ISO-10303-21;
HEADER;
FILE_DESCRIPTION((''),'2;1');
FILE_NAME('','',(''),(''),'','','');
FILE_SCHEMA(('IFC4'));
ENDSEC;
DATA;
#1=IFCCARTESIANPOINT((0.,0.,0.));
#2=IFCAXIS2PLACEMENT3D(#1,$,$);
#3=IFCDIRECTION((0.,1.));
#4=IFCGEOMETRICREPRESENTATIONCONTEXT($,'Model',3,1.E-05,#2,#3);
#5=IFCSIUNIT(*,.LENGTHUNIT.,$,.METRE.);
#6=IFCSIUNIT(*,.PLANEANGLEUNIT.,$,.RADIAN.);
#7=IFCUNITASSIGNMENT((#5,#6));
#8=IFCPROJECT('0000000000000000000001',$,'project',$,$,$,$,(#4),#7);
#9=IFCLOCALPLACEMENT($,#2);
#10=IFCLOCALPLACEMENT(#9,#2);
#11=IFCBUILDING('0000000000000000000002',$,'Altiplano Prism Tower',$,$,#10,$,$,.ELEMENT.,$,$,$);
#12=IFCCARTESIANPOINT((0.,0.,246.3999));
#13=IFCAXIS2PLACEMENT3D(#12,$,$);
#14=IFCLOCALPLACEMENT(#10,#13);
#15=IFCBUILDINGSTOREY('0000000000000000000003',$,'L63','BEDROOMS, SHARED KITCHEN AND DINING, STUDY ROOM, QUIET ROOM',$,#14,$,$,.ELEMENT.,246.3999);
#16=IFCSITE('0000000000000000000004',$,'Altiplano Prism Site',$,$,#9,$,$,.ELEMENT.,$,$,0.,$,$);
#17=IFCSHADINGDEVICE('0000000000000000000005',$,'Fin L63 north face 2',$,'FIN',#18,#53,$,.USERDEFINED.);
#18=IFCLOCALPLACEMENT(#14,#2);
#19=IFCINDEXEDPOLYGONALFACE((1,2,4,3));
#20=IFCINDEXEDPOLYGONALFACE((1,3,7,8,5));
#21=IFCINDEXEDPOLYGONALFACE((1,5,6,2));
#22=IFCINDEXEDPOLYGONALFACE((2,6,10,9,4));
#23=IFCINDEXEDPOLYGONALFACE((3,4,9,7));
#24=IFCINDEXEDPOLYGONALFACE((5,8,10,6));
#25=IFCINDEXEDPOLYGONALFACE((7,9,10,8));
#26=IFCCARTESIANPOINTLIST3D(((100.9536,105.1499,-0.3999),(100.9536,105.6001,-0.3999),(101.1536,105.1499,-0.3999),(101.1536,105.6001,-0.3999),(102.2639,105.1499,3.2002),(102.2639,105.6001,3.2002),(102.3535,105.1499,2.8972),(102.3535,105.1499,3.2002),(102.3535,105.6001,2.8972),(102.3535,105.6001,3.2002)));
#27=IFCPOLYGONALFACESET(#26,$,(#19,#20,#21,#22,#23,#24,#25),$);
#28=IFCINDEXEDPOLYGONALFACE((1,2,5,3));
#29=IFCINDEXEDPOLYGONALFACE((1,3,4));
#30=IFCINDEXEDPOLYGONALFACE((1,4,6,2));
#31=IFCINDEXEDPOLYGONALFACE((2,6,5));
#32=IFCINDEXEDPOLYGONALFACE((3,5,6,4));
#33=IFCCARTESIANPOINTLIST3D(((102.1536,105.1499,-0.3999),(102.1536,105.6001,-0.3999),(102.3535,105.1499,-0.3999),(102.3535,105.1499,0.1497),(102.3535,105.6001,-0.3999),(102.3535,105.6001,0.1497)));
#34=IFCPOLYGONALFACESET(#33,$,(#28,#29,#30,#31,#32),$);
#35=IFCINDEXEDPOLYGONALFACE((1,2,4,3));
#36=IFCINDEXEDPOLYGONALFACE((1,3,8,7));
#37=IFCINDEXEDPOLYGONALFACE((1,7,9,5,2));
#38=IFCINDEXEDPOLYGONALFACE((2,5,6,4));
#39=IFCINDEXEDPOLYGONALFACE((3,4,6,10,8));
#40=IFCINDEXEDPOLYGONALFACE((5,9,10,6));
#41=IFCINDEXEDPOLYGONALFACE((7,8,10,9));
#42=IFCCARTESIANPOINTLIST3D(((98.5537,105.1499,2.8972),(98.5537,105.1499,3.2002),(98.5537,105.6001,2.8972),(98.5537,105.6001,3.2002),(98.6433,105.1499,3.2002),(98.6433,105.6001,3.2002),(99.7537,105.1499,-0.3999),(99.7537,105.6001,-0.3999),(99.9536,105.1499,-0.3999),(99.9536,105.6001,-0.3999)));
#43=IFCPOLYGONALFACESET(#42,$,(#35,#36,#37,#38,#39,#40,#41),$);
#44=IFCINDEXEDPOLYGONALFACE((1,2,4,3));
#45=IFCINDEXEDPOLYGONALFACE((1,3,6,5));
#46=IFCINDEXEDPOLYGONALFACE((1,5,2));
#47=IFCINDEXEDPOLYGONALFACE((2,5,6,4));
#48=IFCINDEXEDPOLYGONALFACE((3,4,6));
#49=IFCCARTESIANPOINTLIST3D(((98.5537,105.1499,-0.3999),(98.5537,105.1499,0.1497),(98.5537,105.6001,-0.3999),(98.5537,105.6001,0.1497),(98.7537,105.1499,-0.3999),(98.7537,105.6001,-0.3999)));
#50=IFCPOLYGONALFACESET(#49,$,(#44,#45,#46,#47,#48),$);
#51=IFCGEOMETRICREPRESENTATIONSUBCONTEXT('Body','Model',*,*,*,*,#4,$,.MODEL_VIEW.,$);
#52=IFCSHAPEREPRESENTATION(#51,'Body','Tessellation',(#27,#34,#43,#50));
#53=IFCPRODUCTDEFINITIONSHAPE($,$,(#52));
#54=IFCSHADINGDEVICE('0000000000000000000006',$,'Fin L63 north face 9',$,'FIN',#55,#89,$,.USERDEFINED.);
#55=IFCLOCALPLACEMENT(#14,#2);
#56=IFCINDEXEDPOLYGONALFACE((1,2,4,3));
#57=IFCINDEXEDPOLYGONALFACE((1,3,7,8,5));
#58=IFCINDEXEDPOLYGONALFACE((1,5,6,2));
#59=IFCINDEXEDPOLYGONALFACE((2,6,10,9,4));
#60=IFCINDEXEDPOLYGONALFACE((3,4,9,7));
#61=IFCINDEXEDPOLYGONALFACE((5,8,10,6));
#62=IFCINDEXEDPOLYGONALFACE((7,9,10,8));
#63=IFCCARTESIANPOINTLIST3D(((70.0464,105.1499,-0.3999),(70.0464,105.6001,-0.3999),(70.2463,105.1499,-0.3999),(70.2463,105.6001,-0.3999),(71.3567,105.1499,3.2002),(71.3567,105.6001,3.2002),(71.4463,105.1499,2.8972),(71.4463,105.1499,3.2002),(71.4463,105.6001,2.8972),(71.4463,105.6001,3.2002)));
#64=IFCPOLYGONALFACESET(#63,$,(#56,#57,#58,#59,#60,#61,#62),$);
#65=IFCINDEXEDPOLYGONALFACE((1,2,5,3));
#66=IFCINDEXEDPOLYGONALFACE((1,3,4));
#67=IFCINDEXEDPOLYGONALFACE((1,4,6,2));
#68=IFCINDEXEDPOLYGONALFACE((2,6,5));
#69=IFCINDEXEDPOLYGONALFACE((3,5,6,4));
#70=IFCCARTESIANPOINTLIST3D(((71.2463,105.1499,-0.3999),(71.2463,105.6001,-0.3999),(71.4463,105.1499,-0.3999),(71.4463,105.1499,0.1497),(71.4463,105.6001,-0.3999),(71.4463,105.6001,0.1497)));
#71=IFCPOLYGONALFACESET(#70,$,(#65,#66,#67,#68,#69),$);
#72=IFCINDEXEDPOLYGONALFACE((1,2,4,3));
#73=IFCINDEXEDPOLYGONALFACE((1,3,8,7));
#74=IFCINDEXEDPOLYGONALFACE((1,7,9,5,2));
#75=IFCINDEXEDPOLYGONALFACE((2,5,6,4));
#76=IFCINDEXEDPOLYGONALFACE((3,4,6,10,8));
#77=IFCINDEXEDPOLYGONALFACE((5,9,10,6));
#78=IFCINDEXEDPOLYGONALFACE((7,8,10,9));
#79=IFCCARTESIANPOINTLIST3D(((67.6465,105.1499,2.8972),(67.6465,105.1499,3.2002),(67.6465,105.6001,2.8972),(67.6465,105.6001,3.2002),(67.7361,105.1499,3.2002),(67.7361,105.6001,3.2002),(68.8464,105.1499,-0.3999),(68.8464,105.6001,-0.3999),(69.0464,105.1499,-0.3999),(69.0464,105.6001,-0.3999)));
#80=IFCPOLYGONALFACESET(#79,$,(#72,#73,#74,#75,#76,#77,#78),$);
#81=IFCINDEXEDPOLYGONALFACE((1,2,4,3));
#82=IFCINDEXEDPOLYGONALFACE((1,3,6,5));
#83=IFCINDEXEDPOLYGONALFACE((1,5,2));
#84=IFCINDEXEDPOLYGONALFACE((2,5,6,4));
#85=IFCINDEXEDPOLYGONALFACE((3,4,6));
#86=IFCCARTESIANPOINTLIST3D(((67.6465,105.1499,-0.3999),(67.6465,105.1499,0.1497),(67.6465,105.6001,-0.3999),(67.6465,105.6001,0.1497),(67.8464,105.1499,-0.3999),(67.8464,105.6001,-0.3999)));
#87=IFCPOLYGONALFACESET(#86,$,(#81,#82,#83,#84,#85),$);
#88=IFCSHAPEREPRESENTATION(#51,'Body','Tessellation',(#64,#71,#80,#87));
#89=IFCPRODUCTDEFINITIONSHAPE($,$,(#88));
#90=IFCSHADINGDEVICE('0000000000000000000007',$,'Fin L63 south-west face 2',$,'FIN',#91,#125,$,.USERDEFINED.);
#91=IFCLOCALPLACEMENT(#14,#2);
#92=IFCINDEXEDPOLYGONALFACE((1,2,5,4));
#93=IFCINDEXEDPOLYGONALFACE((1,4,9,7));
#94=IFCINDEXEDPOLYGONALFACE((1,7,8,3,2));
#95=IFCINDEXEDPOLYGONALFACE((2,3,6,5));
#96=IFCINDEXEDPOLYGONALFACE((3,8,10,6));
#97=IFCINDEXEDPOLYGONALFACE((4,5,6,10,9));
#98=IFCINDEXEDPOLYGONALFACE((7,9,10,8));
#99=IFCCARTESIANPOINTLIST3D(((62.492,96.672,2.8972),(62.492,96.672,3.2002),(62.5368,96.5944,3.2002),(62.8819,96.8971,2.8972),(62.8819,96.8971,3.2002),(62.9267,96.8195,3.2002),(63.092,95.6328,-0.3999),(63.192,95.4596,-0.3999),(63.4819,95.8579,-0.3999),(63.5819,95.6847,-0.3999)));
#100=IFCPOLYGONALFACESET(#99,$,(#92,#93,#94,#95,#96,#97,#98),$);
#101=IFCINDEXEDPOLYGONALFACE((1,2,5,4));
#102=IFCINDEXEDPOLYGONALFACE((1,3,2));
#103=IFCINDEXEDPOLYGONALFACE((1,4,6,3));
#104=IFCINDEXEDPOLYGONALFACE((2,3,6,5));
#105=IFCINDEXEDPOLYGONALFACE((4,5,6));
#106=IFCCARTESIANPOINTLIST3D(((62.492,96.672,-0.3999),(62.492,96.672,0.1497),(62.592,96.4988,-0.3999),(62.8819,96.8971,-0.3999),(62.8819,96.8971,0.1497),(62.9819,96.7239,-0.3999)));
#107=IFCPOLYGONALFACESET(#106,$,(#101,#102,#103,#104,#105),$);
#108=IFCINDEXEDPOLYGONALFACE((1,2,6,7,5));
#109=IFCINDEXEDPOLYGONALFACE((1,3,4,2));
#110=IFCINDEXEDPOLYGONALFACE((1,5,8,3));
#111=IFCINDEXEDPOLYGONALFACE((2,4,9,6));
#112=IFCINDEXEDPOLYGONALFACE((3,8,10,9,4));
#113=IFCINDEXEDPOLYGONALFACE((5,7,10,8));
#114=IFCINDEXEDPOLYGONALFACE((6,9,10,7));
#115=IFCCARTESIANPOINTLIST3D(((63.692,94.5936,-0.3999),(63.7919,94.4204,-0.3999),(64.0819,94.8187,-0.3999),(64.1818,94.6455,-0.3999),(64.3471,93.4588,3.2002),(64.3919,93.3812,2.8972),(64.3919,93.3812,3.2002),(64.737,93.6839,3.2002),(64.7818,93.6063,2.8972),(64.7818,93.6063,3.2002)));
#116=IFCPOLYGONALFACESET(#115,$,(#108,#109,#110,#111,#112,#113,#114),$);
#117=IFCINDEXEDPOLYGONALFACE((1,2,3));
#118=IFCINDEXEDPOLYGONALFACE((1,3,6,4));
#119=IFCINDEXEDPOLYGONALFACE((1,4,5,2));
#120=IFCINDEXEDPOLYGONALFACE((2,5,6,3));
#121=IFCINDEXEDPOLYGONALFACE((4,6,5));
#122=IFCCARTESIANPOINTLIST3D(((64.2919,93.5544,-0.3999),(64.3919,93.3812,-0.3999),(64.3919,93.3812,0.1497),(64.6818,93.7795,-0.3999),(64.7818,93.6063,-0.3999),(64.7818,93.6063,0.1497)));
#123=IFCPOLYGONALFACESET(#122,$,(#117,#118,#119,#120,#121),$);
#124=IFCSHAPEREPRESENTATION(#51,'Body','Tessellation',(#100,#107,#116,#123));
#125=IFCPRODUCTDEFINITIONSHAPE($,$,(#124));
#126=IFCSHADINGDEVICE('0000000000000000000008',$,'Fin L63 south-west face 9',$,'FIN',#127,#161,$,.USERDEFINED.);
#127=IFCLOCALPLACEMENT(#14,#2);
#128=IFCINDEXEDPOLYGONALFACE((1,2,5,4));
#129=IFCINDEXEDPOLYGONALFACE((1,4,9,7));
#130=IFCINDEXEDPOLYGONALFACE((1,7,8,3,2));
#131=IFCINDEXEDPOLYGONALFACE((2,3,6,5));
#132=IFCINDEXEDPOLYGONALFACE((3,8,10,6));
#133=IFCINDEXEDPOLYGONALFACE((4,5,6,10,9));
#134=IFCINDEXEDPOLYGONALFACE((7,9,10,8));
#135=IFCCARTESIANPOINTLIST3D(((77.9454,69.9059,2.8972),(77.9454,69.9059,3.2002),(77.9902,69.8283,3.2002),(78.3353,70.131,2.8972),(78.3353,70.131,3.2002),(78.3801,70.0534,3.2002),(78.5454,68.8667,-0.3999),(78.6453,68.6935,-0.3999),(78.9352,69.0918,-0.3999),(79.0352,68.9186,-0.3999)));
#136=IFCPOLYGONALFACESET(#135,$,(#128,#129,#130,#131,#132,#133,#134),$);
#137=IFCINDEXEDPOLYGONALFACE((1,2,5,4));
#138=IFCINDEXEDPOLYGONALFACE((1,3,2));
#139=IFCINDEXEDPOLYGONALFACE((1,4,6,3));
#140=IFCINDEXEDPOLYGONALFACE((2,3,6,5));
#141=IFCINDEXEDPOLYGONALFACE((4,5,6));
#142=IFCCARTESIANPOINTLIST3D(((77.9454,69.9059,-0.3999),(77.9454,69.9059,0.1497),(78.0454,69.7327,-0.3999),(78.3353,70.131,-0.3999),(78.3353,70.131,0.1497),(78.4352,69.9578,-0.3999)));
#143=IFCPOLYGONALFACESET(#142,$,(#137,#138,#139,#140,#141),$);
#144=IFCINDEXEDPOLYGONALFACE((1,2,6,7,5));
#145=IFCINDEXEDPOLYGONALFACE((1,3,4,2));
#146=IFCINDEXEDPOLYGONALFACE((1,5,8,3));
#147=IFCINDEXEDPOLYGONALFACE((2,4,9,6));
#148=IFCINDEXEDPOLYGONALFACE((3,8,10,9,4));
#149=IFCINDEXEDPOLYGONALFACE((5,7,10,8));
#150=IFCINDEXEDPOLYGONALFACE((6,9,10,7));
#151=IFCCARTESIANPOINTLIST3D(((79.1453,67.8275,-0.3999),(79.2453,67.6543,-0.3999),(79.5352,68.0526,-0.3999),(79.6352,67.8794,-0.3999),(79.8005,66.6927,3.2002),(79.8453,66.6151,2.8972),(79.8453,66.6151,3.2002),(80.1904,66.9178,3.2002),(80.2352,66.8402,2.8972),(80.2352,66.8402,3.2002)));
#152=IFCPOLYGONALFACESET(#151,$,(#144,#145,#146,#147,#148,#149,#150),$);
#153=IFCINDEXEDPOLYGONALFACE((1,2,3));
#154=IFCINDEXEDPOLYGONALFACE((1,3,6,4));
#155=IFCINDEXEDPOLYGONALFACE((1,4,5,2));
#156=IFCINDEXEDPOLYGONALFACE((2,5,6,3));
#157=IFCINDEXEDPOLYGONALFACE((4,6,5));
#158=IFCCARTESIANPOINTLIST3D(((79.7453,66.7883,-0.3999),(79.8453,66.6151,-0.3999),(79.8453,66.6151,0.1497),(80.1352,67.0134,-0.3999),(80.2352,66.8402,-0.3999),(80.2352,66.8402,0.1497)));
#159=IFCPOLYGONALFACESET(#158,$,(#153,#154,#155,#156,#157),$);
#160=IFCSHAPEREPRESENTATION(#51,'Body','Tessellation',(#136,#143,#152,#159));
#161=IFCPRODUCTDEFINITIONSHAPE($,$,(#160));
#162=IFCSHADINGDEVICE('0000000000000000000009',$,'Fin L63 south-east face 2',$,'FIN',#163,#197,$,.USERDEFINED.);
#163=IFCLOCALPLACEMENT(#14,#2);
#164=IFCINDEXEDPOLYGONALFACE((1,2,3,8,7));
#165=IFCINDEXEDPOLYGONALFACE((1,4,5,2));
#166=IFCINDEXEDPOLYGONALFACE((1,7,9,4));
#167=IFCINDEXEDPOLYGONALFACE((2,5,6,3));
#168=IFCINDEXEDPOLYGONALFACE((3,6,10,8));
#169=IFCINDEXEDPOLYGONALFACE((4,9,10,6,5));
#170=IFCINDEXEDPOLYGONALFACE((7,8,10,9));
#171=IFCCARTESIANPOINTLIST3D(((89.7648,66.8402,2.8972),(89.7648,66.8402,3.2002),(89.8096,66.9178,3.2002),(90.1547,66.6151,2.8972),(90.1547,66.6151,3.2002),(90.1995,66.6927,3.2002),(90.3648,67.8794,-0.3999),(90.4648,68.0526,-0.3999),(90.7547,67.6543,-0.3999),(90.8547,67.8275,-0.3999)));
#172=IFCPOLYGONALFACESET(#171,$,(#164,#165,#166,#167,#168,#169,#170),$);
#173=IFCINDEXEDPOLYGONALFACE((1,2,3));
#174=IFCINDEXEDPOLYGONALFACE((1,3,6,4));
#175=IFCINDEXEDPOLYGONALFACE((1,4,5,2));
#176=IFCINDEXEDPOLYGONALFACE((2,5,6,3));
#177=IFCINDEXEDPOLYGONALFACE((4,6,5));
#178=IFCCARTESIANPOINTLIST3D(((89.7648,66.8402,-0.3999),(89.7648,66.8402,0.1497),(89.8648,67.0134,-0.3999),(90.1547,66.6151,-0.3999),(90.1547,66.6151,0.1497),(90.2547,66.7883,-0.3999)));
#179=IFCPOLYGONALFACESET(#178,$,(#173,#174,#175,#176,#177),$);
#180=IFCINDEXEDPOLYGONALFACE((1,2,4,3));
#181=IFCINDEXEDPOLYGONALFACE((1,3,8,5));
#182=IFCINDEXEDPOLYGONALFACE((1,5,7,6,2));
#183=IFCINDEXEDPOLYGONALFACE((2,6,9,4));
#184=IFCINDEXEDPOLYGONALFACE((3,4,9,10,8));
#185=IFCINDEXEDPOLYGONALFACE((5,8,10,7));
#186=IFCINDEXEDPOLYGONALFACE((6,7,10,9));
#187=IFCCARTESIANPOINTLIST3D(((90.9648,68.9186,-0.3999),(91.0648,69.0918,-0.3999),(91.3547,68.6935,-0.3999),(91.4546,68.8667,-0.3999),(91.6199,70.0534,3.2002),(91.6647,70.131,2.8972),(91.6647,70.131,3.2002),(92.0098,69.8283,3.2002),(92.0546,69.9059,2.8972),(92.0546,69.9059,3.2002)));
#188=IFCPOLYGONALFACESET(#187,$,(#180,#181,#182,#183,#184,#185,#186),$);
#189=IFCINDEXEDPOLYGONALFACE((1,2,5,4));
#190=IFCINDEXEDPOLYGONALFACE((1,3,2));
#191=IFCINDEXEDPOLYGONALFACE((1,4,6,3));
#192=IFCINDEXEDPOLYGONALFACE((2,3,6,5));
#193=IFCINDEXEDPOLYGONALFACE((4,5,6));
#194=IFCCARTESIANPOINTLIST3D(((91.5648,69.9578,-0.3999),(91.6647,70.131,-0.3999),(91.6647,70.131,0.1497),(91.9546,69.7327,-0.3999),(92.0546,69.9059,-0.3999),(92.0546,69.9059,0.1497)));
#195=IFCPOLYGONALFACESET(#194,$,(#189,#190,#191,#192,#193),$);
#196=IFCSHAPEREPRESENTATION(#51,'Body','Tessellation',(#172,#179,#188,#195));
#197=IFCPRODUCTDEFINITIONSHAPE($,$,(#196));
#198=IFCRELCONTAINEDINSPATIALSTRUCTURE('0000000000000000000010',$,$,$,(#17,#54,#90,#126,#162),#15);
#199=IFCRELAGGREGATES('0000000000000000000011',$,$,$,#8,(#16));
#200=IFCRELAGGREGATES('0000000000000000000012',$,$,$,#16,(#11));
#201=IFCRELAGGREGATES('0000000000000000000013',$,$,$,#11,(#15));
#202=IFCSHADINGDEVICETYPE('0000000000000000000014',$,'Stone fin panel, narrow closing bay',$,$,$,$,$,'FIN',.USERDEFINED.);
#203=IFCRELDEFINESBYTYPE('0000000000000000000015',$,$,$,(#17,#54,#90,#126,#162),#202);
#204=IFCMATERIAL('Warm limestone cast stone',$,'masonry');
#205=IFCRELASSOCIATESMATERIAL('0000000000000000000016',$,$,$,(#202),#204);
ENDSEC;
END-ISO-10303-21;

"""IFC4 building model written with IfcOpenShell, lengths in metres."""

from ifc_helpers import new_model, si_unit, direction, frame, origin, place, context, subcontext, project, spatial, polyline, outline, extrude, source, transform, mapped, material, type_object, element, save


model = new_model("IFC4")

# Units and contexts
model_context = context("Model", 3, precision=1e-05, world=origin(), true_north=direction((0.0, 1.0)))
body_context = subcontext(model_context, "Body", "Model", "MODEL_VIEW")
ifc_project = project(units=[si_unit("LENGTHUNIT", "METRE"), si_unit("PLANEANGLEUNIT", "RADIAN")], contexts=[model_context])

# Site, building, storey
site_placement = place(None, origin())
site = spatial("IfcSite", under=ifc_project, at=site_placement, Name="Altiplano Prism Site", CompositionType="ELEMENT", RefElevation=0.0)
building_placement = place(site_placement, origin())
building = spatial("IfcBuilding", under=site, at=building_placement, Name="Altiplano Prism Tower", CompositionType="ELEMENT")
storey_placement = place(building_placement, frame((0.0, 0.0, 246.3999)))
storey = spatial("IfcBuildingStorey", under=building, at=storey_placement, Name="L63", Description="BEDROOMS, SHARED KITCHEN AND DINING, STUDY ROOM, QUIET ROOM", CompositionType="ELEMENT", Elevation=246.3999)

# Shading devices
ifc_material_1 = material(Name="Warm limestone cast stone", Category="masonry")
shading_device_type_1 = type_object("IfcShadingDeviceType", Name="Stone fin panel, narrow closing bay", ElementType="FIN", PredefinedType="USERDEFINED", material=ifc_material_1)
shared_shape_1 = source(origin(), body_context, "Body", "SweptSolid", [
    extrude(outline(polyline([(-1.8999, 3.6001), (-1.8999, 3.2971), (-0.7, 0.0), (-0.5, 0.0), (-1.8103, 3.6001), (-1.8999, 3.6001)])), frame((0.0, -0.1499, 0.0), z_axis=(0.0, -1.0, 0.0), x_axis=(1.0, 0.0, 0.0)), (0.0, 0.0, 1.0), 0.4502),
    extrude(outline(polyline([(-1.8999, 0.5496), (-1.8999, 0.0), (-1.7, 0.0), (-1.8999, 0.5496)])), frame((0.0, -0.1499, 0.0), z_axis=(0.0, -1.0, 0.0), x_axis=(1.0, 0.0, 0.0)), (0.0, 0.0, 1.0), 0.4502),
    extrude(outline(polyline([(1.8103, 3.6001), (0.5, 0.0), (0.7, 0.0), (1.8999, 3.2971), (1.8999, 3.6001), (1.8103, 3.6001)])), frame((0.0, -0.1499, 0.0), z_axis=(0.0, -1.0, 0.0), x_axis=(1.0, 0.0, 0.0)), (0.0, 0.0, 1.0), 0.4502),
    extrude(outline(polyline([(1.8999, 0.0), (1.8999, 0.5496), (1.7, 0.0), (1.8999, 0.0)])), frame((0.0, -0.1499, 0.0), z_axis=(0.0, -1.0, 0.0), x_axis=(1.0, 0.0, 0.0)), (0.0, 0.0, 1.0), 0.4502),
])
shading_device_1_placement = place(storey_placement, origin())
element("IfcShadingDevice", 1, at=shading_device_1_placement, inside=storey, type_object=shading_device_type_1, Name="Fin L63 north face 2", ObjectType="FIN", PredefinedType="USERDEFINED", context=body_context, shape_type="MappedRepresentation", body=[
    mapped(shared_shape_1, transform((100.4536, 105.0, -0.3999), x_axis=(-1.0, 0.0, 0.0), y_axis=(0.0, -1.0, 0.0), z_axis=(0.0, 0.0, 1.0))),
])
shading_device_2_placement = place(storey_placement, origin())
element("IfcShadingDevice", 2, at=shading_device_2_placement, inside=storey, type_object=shading_device_type_1, Name="Fin L63 north face 9", ObjectType="FIN", PredefinedType="USERDEFINED", context=body_context, shape_type="MappedRepresentation", body=[
    mapped(shared_shape_1, transform((69.5464, 105.0, -0.3999), x_axis=(-1.0, 0.0, 0.0), y_axis=(0.0, -1.0, 0.0), z_axis=(0.0, 0.0, 1.0))),
])
shading_device_3_placement = place(storey_placement, origin())
element("IfcShadingDevice", 3, at=shading_device_3_placement, inside=storey, type_object=shading_device_type_1, Name="Fin L63 south-west face 2", ObjectType="FIN", PredefinedType="USERDEFINED", context=body_context, shape_type="MappedRepresentation", body=[
    mapped(shared_shape_1, transform((63.9617, 95.3267, -0.3999), x_axis=(0.5, -0.866025, 0.0), y_axis=(0.866025, 0.5, 0.0), z_axis=(0.0, 0.0, 1.0))),
])
shading_device_4_placement = place(storey_placement, origin())
element("IfcShadingDevice", 4, at=shading_device_4_placement, inside=storey, type_object=shading_device_type_1, Name="Fin L63 south-west face 9", ObjectType="FIN", PredefinedType="USERDEFINED", context=body_context, shape_type="MappedRepresentation", body=[
    mapped(shared_shape_1, transform((79.415, 68.5605, -0.3999), x_axis=(0.5, -0.866025, 0.0), y_axis=(0.866025, 0.5, 0.0), z_axis=(0.0, 0.0, 1.0))),
])
shading_device_5_placement = place(storey_placement, origin())
element("IfcShadingDevice", 5, at=shading_device_5_placement, inside=storey, type_object=shading_device_type_1, Name="Fin L63 south-east face 2", ObjectType="FIN", PredefinedType="USERDEFINED", context=body_context, shape_type="MappedRepresentation", body=[
    mapped(shared_shape_1, transform((90.585, 68.5605, -0.3999), x_axis=(0.5, 0.866025, 0.0), y_axis=(-0.866025, 0.5, 0.0), z_axis=(0.0, 0.0, 1.0))),
])

save(model, "model.ifc")
